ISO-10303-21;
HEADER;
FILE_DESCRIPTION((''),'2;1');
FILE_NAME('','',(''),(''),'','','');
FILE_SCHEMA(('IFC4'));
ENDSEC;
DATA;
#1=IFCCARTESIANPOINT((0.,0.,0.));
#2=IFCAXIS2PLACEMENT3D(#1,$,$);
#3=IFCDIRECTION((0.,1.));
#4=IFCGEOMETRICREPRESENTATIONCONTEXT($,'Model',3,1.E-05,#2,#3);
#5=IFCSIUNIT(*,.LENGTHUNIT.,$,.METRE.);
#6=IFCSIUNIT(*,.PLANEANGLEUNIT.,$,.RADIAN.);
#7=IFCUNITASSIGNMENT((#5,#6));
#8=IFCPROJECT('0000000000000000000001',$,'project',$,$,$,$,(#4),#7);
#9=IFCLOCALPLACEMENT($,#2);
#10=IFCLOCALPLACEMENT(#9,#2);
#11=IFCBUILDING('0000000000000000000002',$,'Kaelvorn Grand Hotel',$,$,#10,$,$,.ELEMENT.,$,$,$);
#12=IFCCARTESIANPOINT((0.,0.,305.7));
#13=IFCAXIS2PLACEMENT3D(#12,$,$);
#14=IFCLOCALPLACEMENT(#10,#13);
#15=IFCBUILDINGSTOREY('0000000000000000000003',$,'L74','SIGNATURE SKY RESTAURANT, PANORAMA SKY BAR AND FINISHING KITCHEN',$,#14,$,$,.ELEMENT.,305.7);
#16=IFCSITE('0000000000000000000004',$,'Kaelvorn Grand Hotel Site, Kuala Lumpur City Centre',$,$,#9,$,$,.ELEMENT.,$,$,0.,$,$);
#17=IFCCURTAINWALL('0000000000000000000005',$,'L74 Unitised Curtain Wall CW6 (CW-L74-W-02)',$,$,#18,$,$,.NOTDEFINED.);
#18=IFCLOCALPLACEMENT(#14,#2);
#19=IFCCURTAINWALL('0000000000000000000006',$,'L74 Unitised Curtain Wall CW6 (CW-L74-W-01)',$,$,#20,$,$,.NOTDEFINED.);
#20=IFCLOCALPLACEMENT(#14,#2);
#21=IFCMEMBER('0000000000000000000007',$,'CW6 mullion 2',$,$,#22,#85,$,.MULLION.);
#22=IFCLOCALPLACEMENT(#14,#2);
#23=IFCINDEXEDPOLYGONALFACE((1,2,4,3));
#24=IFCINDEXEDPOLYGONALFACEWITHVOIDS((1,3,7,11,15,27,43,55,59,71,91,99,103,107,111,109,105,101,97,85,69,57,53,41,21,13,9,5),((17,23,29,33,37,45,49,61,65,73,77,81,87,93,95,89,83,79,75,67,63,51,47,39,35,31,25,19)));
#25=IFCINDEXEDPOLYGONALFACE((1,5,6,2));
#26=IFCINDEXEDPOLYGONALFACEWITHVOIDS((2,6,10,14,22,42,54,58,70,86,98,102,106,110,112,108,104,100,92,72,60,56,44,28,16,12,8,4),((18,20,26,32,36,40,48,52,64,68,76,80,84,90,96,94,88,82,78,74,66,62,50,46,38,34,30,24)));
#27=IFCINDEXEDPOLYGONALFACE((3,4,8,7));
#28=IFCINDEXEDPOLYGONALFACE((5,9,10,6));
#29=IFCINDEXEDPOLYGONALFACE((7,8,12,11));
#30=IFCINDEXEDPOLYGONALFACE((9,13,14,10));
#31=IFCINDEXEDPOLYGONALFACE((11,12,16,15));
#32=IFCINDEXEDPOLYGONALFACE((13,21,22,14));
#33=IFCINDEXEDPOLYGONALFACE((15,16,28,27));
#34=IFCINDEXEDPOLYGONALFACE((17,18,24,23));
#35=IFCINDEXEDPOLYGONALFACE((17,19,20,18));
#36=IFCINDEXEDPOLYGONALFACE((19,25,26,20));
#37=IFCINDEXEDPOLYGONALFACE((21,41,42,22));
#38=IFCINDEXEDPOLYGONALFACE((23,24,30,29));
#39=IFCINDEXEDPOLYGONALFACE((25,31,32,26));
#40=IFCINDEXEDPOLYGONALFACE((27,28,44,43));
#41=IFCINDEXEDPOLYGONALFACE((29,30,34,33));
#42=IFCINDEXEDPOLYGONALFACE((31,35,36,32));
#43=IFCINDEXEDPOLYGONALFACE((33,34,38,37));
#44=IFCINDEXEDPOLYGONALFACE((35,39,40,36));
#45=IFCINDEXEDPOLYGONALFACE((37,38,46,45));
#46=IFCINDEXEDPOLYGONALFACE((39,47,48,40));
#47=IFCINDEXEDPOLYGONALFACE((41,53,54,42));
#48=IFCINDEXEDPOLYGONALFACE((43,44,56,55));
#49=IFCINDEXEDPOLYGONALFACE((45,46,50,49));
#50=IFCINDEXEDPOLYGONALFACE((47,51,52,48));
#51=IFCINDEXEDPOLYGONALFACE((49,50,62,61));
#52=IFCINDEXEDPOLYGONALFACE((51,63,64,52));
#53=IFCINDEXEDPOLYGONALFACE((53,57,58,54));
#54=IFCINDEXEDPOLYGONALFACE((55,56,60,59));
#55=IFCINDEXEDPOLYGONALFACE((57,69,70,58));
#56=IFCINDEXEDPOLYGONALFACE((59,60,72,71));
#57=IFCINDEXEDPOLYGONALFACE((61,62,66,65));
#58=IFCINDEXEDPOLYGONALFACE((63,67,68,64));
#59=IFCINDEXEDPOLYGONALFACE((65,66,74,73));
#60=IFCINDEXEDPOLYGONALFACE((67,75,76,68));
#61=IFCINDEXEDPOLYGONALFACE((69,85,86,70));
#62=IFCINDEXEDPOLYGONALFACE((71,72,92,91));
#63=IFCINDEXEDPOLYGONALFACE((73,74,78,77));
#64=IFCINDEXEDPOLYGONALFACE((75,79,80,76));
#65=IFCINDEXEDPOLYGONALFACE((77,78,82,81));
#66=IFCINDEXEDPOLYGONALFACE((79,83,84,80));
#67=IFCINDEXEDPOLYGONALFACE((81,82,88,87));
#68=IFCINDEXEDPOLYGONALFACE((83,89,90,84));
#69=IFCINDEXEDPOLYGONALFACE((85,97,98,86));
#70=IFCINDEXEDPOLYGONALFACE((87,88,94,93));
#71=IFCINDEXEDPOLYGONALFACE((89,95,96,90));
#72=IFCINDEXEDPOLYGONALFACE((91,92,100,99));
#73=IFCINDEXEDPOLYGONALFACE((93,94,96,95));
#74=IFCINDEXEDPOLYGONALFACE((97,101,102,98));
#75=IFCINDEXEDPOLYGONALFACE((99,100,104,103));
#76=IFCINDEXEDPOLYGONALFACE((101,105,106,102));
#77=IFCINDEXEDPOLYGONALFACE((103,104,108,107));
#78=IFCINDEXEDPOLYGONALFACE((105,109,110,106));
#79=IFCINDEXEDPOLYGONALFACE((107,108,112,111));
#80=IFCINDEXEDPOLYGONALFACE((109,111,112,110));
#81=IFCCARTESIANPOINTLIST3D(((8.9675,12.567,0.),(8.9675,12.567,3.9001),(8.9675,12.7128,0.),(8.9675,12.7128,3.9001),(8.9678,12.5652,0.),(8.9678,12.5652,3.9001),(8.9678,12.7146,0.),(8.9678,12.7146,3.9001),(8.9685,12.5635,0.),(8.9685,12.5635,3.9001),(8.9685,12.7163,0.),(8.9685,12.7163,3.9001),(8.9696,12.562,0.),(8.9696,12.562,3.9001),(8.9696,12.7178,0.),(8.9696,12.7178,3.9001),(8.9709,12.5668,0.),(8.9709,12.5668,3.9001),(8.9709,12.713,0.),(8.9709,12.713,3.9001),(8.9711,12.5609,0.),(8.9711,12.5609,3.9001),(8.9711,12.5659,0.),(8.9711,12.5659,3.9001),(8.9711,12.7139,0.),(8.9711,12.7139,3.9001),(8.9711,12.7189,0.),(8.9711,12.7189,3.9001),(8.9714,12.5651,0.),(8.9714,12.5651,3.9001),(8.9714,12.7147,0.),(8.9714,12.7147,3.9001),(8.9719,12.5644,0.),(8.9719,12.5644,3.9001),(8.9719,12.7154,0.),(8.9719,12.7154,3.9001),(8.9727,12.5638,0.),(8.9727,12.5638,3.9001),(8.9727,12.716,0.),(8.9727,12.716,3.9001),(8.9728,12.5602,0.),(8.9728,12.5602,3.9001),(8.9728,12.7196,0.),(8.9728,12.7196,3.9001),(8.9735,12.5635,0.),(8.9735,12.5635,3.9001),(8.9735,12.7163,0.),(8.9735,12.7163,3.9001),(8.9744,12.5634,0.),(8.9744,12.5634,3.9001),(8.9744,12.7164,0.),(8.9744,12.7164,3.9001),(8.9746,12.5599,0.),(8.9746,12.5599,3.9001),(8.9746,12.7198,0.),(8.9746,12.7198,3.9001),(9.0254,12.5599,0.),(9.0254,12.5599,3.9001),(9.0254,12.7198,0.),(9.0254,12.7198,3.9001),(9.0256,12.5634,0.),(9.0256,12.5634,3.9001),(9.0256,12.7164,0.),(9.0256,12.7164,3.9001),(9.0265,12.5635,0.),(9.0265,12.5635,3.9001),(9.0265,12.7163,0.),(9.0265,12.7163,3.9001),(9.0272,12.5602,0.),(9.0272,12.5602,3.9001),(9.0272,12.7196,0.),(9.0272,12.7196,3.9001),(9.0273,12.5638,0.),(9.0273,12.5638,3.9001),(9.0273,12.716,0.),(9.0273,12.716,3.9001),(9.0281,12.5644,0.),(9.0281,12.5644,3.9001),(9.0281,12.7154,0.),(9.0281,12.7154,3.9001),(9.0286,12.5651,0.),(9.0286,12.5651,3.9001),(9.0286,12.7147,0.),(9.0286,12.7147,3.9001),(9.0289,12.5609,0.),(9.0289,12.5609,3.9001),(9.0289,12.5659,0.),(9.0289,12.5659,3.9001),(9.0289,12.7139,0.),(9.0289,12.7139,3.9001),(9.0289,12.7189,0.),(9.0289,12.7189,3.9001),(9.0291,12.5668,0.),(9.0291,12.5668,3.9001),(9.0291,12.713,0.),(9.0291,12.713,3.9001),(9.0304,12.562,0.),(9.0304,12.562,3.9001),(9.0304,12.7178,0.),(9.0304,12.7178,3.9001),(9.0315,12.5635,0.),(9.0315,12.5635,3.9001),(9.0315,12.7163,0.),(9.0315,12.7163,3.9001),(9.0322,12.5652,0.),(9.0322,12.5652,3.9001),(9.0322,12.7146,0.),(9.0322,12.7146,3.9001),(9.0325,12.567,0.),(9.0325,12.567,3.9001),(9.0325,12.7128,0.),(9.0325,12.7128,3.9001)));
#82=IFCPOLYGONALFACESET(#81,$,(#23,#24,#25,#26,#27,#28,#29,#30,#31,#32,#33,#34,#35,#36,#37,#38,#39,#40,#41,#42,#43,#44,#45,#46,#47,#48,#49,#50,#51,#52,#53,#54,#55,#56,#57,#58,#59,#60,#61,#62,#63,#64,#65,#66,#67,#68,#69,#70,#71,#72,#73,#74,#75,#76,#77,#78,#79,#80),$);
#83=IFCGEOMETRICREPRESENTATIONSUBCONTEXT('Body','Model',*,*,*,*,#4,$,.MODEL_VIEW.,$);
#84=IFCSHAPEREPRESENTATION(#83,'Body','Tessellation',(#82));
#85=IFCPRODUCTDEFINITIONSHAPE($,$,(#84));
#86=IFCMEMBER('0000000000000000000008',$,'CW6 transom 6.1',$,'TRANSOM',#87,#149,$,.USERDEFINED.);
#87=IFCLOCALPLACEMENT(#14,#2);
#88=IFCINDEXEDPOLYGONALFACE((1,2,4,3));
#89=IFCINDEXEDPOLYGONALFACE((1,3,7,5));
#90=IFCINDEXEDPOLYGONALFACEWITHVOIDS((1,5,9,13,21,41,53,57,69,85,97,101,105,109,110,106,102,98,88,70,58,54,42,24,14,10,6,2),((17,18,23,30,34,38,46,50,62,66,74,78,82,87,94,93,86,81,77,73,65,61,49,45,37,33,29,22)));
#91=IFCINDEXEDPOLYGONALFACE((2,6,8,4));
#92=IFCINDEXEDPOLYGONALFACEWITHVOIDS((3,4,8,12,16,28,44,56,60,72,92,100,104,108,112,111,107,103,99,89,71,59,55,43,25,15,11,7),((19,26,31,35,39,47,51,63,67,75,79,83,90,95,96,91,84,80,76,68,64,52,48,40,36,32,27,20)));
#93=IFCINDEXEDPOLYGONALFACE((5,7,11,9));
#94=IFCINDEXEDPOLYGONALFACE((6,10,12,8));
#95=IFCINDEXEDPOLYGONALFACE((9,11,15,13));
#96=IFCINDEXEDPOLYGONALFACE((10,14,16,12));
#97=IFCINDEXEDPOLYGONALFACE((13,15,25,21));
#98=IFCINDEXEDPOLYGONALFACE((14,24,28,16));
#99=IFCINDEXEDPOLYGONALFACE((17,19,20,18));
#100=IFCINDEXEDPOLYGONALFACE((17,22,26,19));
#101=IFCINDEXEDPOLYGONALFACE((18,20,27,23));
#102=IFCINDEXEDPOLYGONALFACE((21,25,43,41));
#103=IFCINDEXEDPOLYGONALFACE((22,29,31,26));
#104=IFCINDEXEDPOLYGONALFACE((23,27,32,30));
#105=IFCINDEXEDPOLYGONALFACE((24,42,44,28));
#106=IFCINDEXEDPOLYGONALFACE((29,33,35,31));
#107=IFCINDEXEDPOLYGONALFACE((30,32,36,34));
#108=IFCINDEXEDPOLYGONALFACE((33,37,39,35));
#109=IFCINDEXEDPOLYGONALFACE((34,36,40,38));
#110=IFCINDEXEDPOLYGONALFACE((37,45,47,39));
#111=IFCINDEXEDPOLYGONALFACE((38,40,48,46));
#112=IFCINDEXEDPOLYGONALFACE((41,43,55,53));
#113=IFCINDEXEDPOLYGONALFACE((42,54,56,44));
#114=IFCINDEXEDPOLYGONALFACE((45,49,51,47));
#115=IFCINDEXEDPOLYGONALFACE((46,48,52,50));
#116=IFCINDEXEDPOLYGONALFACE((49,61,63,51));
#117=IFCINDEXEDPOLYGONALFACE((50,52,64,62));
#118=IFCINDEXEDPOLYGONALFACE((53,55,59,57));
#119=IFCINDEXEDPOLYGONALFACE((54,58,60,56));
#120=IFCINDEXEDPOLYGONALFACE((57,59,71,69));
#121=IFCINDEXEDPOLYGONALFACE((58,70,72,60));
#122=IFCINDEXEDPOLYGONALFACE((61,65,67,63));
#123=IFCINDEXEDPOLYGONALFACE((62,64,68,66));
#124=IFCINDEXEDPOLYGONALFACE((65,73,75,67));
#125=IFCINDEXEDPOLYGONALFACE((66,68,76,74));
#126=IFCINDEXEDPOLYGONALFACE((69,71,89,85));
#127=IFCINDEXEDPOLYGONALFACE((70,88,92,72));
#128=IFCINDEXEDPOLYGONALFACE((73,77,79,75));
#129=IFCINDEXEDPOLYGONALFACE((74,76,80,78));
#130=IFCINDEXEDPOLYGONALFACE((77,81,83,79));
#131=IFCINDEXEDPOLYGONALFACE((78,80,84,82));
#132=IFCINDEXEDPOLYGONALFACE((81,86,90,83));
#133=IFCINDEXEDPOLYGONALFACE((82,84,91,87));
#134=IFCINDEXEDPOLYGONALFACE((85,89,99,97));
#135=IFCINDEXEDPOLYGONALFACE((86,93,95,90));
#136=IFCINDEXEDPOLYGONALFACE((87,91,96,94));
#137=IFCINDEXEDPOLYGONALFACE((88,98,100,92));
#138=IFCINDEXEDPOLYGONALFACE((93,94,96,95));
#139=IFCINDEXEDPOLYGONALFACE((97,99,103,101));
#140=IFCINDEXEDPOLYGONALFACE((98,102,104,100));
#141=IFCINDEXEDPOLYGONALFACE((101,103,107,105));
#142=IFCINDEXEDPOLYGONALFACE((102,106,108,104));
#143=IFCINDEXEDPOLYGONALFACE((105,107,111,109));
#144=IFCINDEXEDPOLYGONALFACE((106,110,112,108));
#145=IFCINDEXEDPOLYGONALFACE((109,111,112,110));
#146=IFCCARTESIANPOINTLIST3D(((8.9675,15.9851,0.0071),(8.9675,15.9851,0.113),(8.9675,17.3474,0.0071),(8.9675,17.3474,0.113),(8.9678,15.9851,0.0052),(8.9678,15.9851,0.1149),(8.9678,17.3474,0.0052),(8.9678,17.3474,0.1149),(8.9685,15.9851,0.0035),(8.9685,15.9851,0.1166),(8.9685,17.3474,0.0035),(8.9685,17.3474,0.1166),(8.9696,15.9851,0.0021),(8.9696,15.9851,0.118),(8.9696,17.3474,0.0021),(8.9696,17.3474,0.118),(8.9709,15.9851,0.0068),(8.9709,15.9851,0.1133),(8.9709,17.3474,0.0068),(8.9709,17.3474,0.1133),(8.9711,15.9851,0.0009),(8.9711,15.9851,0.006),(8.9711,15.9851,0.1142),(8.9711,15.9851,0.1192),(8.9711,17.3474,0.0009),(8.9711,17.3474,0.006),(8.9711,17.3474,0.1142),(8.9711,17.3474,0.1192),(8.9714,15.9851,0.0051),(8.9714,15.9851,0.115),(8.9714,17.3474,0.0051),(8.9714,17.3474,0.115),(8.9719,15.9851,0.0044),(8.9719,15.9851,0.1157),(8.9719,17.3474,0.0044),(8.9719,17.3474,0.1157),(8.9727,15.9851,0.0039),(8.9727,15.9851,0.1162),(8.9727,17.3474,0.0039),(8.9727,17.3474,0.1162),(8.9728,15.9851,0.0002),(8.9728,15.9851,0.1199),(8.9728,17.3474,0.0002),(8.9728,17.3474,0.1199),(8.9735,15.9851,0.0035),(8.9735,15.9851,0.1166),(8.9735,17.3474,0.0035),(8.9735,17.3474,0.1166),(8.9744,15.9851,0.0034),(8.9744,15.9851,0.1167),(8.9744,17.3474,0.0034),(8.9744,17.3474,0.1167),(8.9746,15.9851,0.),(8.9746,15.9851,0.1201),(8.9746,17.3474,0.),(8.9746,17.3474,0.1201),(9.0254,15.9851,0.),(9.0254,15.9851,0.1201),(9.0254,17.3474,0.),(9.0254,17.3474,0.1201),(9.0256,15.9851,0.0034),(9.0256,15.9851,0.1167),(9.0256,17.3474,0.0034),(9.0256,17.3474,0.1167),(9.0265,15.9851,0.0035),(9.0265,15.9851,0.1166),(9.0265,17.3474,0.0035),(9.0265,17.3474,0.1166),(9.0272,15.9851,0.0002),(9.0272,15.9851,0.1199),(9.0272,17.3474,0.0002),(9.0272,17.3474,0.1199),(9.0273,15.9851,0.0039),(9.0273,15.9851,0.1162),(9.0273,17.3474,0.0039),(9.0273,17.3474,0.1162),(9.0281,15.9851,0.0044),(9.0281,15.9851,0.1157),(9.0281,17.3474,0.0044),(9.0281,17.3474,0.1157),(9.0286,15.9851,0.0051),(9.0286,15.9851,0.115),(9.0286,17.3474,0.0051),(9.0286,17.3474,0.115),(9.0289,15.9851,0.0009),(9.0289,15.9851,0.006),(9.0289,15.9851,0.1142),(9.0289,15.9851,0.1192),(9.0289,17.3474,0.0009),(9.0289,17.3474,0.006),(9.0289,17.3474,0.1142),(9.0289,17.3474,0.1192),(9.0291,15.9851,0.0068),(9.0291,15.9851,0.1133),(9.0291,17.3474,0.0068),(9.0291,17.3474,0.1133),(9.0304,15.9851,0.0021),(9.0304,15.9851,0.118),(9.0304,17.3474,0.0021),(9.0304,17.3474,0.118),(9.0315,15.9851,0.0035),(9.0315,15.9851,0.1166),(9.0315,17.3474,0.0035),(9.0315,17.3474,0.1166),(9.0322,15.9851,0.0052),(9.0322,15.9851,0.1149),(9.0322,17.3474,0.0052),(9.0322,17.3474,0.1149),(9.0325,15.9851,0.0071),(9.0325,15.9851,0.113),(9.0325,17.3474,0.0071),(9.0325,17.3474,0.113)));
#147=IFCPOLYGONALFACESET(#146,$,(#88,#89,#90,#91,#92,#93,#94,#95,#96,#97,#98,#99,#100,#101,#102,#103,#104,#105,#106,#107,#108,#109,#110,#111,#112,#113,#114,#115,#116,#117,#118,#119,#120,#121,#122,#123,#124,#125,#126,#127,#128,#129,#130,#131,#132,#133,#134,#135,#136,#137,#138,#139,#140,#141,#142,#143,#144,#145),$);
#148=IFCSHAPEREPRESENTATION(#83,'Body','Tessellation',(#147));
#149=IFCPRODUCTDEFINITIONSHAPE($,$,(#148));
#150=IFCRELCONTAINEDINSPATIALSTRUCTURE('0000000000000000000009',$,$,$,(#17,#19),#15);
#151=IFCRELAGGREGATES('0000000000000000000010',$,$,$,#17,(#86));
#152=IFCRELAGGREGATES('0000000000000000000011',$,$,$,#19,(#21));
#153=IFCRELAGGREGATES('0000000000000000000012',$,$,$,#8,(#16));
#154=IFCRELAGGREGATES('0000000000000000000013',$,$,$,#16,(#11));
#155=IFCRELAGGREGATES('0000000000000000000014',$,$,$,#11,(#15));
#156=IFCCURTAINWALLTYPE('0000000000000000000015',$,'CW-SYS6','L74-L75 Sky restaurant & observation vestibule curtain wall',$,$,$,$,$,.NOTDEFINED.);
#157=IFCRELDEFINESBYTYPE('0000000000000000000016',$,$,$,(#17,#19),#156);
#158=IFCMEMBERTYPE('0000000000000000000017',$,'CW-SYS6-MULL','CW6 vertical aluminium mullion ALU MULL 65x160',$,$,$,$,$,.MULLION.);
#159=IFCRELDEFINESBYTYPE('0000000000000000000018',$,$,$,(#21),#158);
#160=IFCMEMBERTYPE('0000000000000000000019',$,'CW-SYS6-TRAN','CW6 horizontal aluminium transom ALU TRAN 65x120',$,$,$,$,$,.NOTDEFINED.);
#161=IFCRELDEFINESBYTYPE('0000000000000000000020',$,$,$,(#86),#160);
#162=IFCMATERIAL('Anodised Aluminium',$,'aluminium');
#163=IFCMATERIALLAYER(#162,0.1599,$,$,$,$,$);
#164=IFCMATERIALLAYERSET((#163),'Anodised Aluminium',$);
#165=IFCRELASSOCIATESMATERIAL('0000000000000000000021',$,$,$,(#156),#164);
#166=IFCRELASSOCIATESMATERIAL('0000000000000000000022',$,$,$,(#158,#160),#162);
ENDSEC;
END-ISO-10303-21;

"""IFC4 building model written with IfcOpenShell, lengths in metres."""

from ifc_helpers import new_model, si_unit, direction, frame, origin, origin_2d, place, context, subcontext, project, spatial, hollow_rectangle, extrude, material, layer, layer_set, material_profile, profile_set, type_object, element, aggregate, save


model = new_model("IFC4")

# Units and contexts
model_context = context("Model", 3, precision=1e-05, world=origin(), true_north=direction((0.0, 1.0)))
body_context = subcontext(model_context, "Body", "Model", "MODEL_VIEW")
ifc_project = project(units=[si_unit("LENGTHUNIT", "METRE"), si_unit("PLANEANGLEUNIT", "RADIAN")], contexts=[model_context])

# Site, building, storey
site_placement = place(None, origin())
site = spatial("IfcSite", under=ifc_project, at=site_placement, Name="Kaelvorn Grand Hotel Site, Kuala Lumpur City Centre", CompositionType="ELEMENT", RefElevation=0.0)
building_placement = place(site_placement, origin())
building = spatial("IfcBuilding", under=site, at=building_placement, Name="Kaelvorn Grand Hotel", CompositionType="ELEMENT")
storey_placement = place(building_placement, frame((0.0, 0.0, 305.7)))
storey = spatial("IfcBuildingStorey", under=building, at=storey_placement, Name="L74", Description="SIGNATURE SKY RESTAURANT, PANORAMA SKY BAR AND FINISHING KITCHEN", CompositionType="ELEMENT", Elevation=305.7)

# Curtain walls, member
ifc_material_1 = material(Name="Anodised Aluminium", Category="aluminium")
ifc_layer_1 = layer(ifc_material_1, 0.1599)
ifc_layer_set_1 = layer_set([ifc_layer_1], Name="Anodised Aluminium")
curtain_wall_type = type_object("IfcCurtainWallType", Name="CW-SYS6", Description="L74-L75 Sky restaurant & observation vestibule curtain wall", PredefinedType="NOTDEFINED", material=ifc_layer_set_1)
curtain_wall_1_placement = place(storey_placement, origin())
curtain_wall_1 = element("IfcCurtainWall", 1, at=curtain_wall_1_placement, inside=storey, type_object=curtain_wall_type, Name="L74 Unitised Curtain Wall CW6 (CW-L74-W-02)", PredefinedType="NOTDEFINED")
ifc_material_profile_1 = material_profile(ifc_material_1, hollow_rectangle(XDim=0.0649, YDim=0.1599, WallThickness=0.0034, InnerFilletRadius=0.0034, OuterFilletRadius=0.0071, at=origin_2d()), Name="ALU MULL 65x160")
ifc_profile_set_1 = profile_set([ifc_material_profile_1], Name="Anodised Aluminium")
member_type_1 = type_object("IfcMemberType", Name="CW-SYS6-MULL", Description="CW6 vertical aluminium mullion ALU MULL 65x160", PredefinedType="MULLION", material=ifc_profile_set_1)
curtain_wall_2_placement = place(storey_placement, origin())
curtain_wall_2 = element("IfcCurtainWall", 2, at=curtain_wall_2_placement, inside=storey, type_object=curtain_wall_type, Name="L74 Unitised Curtain Wall CW6 (CW-L74-W-01)", PredefinedType="NOTDEFINED")
member_1_placement = place(storey_placement, frame((9.0, 12.6399, 0.0), z_axis=(0.0, 0.0, 1.0), x_axis=(1.0, 0.0, 0.0)))
member_1 = element("IfcMember", 3, at=member_1_placement, type_object=member_type_1, Name="CW6 mullion 2", PredefinedType="MULLION", context=body_context, shape_type="SweptSolid", body=[
    extrude(hollow_rectangle(XDim=0.0649, YDim=0.1599, WallThickness=0.0034, InnerFilletRadius=0.0034, OuterFilletRadius=0.0071, at=origin_2d()), origin(), (0.0, 0.0, 1.0), 3.9001),
])

# Member
ifc_material_profile_2 = material_profile(ifc_material_1, hollow_rectangle(XDim=0.0649, YDim=0.1201, WallThickness=0.0034, InnerFilletRadius=0.0034, OuterFilletRadius=0.0071, at=origin_2d()), Name="ALU TRAN 65x120")
ifc_profile_set_2 = profile_set([ifc_material_profile_2], Name="Anodised Aluminium")
member_type_2 = type_object("IfcMemberType", Name="CW-SYS6-TRAN", Description="CW6 horizontal aluminium transom ALU TRAN 65x120", PredefinedType="NOTDEFINED", material=ifc_profile_set_2)
member_2_placement = place(storey_placement, frame((9.0, 17.3474, 0.0601), z_axis=(0.0, -1.0, 0.0), x_axis=(1.0, 0.0, 0.0)))
member_2 = element("IfcMember", 4, at=member_2_placement, type_object=member_type_2, Name="CW6 transom 6.1", ObjectType="TRANSOM", PredefinedType="USERDEFINED", context=body_context, shape_type="SweptSolid", body=[
    extrude(hollow_rectangle(XDim=0.0649, YDim=0.1201, WallThickness=0.0034, InnerFilletRadius=0.0034, OuterFilletRadius=0.0071, at=origin_2d()), origin(), (0.0, 0.0, 1.0), 1.3623),
])

aggregate(curtain_wall_1, [member_2])
aggregate(curtain_wall_2, [member_1])

save(model, "model.ifc")
